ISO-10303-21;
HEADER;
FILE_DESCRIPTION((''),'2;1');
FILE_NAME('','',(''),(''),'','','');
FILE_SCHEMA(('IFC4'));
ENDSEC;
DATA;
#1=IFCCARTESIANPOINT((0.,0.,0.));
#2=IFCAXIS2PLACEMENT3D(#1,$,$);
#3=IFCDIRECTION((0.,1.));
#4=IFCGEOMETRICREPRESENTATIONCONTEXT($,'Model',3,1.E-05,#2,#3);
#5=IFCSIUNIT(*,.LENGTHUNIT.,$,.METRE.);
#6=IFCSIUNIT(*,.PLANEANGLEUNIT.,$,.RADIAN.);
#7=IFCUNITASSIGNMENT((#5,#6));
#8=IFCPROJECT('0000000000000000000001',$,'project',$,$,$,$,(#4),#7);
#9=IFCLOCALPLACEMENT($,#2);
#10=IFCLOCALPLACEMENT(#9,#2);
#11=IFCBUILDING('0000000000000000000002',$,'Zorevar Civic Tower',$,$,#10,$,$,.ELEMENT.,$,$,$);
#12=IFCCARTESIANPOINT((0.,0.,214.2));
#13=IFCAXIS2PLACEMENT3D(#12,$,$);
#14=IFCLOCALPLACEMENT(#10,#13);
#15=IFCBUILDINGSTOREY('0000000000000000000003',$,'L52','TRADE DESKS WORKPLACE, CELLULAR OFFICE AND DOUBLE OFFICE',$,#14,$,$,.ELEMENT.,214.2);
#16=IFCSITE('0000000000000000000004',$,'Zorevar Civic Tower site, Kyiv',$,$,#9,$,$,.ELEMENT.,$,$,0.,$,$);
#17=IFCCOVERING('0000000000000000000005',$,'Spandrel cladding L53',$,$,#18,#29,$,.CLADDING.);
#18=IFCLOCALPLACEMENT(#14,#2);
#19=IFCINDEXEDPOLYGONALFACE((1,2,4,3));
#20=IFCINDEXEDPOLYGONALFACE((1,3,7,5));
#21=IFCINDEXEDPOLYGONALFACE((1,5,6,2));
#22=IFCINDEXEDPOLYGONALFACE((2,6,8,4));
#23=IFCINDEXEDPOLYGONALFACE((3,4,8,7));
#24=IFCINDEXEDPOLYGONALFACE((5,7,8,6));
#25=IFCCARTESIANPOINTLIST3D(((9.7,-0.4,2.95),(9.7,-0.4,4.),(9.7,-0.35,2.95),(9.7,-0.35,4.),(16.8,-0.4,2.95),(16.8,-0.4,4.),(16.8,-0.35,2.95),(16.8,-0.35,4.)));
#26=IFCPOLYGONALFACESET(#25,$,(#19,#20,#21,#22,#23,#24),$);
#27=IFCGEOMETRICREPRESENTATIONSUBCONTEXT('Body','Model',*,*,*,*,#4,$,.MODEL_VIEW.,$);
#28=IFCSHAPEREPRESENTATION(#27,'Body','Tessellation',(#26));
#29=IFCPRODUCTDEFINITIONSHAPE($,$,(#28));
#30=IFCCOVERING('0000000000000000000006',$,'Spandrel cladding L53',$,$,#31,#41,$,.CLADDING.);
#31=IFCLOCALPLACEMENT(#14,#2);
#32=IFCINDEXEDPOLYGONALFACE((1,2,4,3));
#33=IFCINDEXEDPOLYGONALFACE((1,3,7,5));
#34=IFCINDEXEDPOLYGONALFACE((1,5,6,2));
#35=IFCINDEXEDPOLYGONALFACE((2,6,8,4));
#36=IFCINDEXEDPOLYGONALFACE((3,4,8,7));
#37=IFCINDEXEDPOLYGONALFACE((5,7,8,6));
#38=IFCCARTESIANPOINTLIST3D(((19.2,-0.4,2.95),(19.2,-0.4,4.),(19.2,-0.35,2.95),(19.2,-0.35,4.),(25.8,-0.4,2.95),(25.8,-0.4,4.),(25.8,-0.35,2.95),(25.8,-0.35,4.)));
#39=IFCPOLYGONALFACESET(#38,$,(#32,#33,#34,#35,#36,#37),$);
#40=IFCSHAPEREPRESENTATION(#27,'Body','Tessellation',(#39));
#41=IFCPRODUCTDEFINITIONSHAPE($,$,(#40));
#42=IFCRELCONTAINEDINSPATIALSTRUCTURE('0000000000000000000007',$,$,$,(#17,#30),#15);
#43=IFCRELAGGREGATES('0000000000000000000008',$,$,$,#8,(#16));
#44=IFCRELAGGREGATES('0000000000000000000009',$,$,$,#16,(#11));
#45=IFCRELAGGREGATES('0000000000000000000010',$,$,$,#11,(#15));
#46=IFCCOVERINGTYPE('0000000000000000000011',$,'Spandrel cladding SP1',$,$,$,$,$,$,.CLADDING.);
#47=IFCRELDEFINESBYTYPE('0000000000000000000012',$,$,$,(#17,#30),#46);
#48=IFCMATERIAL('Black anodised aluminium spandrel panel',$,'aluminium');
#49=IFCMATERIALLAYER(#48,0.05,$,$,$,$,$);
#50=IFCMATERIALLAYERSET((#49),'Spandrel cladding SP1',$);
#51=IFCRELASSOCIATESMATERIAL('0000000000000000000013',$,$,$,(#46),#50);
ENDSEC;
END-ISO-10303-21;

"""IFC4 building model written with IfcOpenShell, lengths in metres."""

from ifc_helpers import new_model, si_unit, direction, frame, frame_2d, origin, place, context, subcontext, project, spatial, rectangle, extrude, material, layer, layer_set, type_object, element, save


model = new_model("IFC4")

# Units and contexts
model_context = context("Model", 3, precision=1e-05, world=origin(), true_north=direction((0.0, 1.0)))
body_context = subcontext(model_context, "Body", "Model", "MODEL_VIEW")
ifc_project = project(units=[si_unit("LENGTHUNIT", "METRE"), si_unit("PLANEANGLEUNIT", "RADIAN")], contexts=[model_context])

# Site, building, storey
site_placement = place(None, origin())
site = spatial("IfcSite", under=ifc_project, at=site_placement, Name="Zorevar Civic Tower site, Kyiv", CompositionType="ELEMENT", RefElevation=0.0)
building_placement = place(site_placement, origin())
building = spatial("IfcBuilding", under=site, at=building_placement, Name="Zorevar Civic Tower", CompositionType="ELEMENT")
storey_placement = place(building_placement, frame((0.0, 0.0, 214.2)))
storey = spatial("IfcBuildingStorey", under=building, at=storey_placement, Name="L52", Description="TRADE DESKS WORKPLACE, CELLULAR OFFICE AND DOUBLE OFFICE", CompositionType="ELEMENT", Elevation=214.2)

# Coverings
ifc_material_1 = material(Name="Black anodised aluminium spandrel panel", Category="aluminium")
ifc_layer_1 = layer(ifc_material_1, 0.05)
ifc_layer_set_1 = layer_set([ifc_layer_1], Name="Spandrel cladding SP1")
covering_type = type_object("IfcCoveringType", Name="Spandrel cladding SP1", PredefinedType="CLADDING", material=ifc_layer_set_1)
covering_1_placement = place(storey_placement, frame((9.7, -0.375, 2.95), z_axis=(0.0, 0.0, 1.0), x_axis=(1.0, 0.0, 0.0)))
element("IfcCovering", 1, at=covering_1_placement, inside=storey, type_object=covering_type, Name="Spandrel cladding L53", PredefinedType="CLADDING", context=body_context, shape_type="SweptSolid", body=[
    extrude(rectangle(XDim=7.1001, YDim=0.05, at=frame_2d((3.55, 0.0))), origin(), (0.0, 0.0, 1.0), 1.05),
])
covering_2_placement = place(storey_placement, frame((19.2, -0.375, 2.95), z_axis=(0.0, 0.0, 1.0), x_axis=(1.0, 0.0, 0.0)))
element("IfcCovering", 2, at=covering_2_placement, inside=storey, type_object=covering_type, Name="Spandrel cladding L53", PredefinedType="CLADDING", context=body_context, shape_type="SweptSolid", body=[
    extrude(rectangle(XDim=6.6001, YDim=0.05, at=frame_2d((3.3, 0.0))), origin(), (0.0, 0.0, 1.0), 1.05),
])

save(model, "model.ifc")
